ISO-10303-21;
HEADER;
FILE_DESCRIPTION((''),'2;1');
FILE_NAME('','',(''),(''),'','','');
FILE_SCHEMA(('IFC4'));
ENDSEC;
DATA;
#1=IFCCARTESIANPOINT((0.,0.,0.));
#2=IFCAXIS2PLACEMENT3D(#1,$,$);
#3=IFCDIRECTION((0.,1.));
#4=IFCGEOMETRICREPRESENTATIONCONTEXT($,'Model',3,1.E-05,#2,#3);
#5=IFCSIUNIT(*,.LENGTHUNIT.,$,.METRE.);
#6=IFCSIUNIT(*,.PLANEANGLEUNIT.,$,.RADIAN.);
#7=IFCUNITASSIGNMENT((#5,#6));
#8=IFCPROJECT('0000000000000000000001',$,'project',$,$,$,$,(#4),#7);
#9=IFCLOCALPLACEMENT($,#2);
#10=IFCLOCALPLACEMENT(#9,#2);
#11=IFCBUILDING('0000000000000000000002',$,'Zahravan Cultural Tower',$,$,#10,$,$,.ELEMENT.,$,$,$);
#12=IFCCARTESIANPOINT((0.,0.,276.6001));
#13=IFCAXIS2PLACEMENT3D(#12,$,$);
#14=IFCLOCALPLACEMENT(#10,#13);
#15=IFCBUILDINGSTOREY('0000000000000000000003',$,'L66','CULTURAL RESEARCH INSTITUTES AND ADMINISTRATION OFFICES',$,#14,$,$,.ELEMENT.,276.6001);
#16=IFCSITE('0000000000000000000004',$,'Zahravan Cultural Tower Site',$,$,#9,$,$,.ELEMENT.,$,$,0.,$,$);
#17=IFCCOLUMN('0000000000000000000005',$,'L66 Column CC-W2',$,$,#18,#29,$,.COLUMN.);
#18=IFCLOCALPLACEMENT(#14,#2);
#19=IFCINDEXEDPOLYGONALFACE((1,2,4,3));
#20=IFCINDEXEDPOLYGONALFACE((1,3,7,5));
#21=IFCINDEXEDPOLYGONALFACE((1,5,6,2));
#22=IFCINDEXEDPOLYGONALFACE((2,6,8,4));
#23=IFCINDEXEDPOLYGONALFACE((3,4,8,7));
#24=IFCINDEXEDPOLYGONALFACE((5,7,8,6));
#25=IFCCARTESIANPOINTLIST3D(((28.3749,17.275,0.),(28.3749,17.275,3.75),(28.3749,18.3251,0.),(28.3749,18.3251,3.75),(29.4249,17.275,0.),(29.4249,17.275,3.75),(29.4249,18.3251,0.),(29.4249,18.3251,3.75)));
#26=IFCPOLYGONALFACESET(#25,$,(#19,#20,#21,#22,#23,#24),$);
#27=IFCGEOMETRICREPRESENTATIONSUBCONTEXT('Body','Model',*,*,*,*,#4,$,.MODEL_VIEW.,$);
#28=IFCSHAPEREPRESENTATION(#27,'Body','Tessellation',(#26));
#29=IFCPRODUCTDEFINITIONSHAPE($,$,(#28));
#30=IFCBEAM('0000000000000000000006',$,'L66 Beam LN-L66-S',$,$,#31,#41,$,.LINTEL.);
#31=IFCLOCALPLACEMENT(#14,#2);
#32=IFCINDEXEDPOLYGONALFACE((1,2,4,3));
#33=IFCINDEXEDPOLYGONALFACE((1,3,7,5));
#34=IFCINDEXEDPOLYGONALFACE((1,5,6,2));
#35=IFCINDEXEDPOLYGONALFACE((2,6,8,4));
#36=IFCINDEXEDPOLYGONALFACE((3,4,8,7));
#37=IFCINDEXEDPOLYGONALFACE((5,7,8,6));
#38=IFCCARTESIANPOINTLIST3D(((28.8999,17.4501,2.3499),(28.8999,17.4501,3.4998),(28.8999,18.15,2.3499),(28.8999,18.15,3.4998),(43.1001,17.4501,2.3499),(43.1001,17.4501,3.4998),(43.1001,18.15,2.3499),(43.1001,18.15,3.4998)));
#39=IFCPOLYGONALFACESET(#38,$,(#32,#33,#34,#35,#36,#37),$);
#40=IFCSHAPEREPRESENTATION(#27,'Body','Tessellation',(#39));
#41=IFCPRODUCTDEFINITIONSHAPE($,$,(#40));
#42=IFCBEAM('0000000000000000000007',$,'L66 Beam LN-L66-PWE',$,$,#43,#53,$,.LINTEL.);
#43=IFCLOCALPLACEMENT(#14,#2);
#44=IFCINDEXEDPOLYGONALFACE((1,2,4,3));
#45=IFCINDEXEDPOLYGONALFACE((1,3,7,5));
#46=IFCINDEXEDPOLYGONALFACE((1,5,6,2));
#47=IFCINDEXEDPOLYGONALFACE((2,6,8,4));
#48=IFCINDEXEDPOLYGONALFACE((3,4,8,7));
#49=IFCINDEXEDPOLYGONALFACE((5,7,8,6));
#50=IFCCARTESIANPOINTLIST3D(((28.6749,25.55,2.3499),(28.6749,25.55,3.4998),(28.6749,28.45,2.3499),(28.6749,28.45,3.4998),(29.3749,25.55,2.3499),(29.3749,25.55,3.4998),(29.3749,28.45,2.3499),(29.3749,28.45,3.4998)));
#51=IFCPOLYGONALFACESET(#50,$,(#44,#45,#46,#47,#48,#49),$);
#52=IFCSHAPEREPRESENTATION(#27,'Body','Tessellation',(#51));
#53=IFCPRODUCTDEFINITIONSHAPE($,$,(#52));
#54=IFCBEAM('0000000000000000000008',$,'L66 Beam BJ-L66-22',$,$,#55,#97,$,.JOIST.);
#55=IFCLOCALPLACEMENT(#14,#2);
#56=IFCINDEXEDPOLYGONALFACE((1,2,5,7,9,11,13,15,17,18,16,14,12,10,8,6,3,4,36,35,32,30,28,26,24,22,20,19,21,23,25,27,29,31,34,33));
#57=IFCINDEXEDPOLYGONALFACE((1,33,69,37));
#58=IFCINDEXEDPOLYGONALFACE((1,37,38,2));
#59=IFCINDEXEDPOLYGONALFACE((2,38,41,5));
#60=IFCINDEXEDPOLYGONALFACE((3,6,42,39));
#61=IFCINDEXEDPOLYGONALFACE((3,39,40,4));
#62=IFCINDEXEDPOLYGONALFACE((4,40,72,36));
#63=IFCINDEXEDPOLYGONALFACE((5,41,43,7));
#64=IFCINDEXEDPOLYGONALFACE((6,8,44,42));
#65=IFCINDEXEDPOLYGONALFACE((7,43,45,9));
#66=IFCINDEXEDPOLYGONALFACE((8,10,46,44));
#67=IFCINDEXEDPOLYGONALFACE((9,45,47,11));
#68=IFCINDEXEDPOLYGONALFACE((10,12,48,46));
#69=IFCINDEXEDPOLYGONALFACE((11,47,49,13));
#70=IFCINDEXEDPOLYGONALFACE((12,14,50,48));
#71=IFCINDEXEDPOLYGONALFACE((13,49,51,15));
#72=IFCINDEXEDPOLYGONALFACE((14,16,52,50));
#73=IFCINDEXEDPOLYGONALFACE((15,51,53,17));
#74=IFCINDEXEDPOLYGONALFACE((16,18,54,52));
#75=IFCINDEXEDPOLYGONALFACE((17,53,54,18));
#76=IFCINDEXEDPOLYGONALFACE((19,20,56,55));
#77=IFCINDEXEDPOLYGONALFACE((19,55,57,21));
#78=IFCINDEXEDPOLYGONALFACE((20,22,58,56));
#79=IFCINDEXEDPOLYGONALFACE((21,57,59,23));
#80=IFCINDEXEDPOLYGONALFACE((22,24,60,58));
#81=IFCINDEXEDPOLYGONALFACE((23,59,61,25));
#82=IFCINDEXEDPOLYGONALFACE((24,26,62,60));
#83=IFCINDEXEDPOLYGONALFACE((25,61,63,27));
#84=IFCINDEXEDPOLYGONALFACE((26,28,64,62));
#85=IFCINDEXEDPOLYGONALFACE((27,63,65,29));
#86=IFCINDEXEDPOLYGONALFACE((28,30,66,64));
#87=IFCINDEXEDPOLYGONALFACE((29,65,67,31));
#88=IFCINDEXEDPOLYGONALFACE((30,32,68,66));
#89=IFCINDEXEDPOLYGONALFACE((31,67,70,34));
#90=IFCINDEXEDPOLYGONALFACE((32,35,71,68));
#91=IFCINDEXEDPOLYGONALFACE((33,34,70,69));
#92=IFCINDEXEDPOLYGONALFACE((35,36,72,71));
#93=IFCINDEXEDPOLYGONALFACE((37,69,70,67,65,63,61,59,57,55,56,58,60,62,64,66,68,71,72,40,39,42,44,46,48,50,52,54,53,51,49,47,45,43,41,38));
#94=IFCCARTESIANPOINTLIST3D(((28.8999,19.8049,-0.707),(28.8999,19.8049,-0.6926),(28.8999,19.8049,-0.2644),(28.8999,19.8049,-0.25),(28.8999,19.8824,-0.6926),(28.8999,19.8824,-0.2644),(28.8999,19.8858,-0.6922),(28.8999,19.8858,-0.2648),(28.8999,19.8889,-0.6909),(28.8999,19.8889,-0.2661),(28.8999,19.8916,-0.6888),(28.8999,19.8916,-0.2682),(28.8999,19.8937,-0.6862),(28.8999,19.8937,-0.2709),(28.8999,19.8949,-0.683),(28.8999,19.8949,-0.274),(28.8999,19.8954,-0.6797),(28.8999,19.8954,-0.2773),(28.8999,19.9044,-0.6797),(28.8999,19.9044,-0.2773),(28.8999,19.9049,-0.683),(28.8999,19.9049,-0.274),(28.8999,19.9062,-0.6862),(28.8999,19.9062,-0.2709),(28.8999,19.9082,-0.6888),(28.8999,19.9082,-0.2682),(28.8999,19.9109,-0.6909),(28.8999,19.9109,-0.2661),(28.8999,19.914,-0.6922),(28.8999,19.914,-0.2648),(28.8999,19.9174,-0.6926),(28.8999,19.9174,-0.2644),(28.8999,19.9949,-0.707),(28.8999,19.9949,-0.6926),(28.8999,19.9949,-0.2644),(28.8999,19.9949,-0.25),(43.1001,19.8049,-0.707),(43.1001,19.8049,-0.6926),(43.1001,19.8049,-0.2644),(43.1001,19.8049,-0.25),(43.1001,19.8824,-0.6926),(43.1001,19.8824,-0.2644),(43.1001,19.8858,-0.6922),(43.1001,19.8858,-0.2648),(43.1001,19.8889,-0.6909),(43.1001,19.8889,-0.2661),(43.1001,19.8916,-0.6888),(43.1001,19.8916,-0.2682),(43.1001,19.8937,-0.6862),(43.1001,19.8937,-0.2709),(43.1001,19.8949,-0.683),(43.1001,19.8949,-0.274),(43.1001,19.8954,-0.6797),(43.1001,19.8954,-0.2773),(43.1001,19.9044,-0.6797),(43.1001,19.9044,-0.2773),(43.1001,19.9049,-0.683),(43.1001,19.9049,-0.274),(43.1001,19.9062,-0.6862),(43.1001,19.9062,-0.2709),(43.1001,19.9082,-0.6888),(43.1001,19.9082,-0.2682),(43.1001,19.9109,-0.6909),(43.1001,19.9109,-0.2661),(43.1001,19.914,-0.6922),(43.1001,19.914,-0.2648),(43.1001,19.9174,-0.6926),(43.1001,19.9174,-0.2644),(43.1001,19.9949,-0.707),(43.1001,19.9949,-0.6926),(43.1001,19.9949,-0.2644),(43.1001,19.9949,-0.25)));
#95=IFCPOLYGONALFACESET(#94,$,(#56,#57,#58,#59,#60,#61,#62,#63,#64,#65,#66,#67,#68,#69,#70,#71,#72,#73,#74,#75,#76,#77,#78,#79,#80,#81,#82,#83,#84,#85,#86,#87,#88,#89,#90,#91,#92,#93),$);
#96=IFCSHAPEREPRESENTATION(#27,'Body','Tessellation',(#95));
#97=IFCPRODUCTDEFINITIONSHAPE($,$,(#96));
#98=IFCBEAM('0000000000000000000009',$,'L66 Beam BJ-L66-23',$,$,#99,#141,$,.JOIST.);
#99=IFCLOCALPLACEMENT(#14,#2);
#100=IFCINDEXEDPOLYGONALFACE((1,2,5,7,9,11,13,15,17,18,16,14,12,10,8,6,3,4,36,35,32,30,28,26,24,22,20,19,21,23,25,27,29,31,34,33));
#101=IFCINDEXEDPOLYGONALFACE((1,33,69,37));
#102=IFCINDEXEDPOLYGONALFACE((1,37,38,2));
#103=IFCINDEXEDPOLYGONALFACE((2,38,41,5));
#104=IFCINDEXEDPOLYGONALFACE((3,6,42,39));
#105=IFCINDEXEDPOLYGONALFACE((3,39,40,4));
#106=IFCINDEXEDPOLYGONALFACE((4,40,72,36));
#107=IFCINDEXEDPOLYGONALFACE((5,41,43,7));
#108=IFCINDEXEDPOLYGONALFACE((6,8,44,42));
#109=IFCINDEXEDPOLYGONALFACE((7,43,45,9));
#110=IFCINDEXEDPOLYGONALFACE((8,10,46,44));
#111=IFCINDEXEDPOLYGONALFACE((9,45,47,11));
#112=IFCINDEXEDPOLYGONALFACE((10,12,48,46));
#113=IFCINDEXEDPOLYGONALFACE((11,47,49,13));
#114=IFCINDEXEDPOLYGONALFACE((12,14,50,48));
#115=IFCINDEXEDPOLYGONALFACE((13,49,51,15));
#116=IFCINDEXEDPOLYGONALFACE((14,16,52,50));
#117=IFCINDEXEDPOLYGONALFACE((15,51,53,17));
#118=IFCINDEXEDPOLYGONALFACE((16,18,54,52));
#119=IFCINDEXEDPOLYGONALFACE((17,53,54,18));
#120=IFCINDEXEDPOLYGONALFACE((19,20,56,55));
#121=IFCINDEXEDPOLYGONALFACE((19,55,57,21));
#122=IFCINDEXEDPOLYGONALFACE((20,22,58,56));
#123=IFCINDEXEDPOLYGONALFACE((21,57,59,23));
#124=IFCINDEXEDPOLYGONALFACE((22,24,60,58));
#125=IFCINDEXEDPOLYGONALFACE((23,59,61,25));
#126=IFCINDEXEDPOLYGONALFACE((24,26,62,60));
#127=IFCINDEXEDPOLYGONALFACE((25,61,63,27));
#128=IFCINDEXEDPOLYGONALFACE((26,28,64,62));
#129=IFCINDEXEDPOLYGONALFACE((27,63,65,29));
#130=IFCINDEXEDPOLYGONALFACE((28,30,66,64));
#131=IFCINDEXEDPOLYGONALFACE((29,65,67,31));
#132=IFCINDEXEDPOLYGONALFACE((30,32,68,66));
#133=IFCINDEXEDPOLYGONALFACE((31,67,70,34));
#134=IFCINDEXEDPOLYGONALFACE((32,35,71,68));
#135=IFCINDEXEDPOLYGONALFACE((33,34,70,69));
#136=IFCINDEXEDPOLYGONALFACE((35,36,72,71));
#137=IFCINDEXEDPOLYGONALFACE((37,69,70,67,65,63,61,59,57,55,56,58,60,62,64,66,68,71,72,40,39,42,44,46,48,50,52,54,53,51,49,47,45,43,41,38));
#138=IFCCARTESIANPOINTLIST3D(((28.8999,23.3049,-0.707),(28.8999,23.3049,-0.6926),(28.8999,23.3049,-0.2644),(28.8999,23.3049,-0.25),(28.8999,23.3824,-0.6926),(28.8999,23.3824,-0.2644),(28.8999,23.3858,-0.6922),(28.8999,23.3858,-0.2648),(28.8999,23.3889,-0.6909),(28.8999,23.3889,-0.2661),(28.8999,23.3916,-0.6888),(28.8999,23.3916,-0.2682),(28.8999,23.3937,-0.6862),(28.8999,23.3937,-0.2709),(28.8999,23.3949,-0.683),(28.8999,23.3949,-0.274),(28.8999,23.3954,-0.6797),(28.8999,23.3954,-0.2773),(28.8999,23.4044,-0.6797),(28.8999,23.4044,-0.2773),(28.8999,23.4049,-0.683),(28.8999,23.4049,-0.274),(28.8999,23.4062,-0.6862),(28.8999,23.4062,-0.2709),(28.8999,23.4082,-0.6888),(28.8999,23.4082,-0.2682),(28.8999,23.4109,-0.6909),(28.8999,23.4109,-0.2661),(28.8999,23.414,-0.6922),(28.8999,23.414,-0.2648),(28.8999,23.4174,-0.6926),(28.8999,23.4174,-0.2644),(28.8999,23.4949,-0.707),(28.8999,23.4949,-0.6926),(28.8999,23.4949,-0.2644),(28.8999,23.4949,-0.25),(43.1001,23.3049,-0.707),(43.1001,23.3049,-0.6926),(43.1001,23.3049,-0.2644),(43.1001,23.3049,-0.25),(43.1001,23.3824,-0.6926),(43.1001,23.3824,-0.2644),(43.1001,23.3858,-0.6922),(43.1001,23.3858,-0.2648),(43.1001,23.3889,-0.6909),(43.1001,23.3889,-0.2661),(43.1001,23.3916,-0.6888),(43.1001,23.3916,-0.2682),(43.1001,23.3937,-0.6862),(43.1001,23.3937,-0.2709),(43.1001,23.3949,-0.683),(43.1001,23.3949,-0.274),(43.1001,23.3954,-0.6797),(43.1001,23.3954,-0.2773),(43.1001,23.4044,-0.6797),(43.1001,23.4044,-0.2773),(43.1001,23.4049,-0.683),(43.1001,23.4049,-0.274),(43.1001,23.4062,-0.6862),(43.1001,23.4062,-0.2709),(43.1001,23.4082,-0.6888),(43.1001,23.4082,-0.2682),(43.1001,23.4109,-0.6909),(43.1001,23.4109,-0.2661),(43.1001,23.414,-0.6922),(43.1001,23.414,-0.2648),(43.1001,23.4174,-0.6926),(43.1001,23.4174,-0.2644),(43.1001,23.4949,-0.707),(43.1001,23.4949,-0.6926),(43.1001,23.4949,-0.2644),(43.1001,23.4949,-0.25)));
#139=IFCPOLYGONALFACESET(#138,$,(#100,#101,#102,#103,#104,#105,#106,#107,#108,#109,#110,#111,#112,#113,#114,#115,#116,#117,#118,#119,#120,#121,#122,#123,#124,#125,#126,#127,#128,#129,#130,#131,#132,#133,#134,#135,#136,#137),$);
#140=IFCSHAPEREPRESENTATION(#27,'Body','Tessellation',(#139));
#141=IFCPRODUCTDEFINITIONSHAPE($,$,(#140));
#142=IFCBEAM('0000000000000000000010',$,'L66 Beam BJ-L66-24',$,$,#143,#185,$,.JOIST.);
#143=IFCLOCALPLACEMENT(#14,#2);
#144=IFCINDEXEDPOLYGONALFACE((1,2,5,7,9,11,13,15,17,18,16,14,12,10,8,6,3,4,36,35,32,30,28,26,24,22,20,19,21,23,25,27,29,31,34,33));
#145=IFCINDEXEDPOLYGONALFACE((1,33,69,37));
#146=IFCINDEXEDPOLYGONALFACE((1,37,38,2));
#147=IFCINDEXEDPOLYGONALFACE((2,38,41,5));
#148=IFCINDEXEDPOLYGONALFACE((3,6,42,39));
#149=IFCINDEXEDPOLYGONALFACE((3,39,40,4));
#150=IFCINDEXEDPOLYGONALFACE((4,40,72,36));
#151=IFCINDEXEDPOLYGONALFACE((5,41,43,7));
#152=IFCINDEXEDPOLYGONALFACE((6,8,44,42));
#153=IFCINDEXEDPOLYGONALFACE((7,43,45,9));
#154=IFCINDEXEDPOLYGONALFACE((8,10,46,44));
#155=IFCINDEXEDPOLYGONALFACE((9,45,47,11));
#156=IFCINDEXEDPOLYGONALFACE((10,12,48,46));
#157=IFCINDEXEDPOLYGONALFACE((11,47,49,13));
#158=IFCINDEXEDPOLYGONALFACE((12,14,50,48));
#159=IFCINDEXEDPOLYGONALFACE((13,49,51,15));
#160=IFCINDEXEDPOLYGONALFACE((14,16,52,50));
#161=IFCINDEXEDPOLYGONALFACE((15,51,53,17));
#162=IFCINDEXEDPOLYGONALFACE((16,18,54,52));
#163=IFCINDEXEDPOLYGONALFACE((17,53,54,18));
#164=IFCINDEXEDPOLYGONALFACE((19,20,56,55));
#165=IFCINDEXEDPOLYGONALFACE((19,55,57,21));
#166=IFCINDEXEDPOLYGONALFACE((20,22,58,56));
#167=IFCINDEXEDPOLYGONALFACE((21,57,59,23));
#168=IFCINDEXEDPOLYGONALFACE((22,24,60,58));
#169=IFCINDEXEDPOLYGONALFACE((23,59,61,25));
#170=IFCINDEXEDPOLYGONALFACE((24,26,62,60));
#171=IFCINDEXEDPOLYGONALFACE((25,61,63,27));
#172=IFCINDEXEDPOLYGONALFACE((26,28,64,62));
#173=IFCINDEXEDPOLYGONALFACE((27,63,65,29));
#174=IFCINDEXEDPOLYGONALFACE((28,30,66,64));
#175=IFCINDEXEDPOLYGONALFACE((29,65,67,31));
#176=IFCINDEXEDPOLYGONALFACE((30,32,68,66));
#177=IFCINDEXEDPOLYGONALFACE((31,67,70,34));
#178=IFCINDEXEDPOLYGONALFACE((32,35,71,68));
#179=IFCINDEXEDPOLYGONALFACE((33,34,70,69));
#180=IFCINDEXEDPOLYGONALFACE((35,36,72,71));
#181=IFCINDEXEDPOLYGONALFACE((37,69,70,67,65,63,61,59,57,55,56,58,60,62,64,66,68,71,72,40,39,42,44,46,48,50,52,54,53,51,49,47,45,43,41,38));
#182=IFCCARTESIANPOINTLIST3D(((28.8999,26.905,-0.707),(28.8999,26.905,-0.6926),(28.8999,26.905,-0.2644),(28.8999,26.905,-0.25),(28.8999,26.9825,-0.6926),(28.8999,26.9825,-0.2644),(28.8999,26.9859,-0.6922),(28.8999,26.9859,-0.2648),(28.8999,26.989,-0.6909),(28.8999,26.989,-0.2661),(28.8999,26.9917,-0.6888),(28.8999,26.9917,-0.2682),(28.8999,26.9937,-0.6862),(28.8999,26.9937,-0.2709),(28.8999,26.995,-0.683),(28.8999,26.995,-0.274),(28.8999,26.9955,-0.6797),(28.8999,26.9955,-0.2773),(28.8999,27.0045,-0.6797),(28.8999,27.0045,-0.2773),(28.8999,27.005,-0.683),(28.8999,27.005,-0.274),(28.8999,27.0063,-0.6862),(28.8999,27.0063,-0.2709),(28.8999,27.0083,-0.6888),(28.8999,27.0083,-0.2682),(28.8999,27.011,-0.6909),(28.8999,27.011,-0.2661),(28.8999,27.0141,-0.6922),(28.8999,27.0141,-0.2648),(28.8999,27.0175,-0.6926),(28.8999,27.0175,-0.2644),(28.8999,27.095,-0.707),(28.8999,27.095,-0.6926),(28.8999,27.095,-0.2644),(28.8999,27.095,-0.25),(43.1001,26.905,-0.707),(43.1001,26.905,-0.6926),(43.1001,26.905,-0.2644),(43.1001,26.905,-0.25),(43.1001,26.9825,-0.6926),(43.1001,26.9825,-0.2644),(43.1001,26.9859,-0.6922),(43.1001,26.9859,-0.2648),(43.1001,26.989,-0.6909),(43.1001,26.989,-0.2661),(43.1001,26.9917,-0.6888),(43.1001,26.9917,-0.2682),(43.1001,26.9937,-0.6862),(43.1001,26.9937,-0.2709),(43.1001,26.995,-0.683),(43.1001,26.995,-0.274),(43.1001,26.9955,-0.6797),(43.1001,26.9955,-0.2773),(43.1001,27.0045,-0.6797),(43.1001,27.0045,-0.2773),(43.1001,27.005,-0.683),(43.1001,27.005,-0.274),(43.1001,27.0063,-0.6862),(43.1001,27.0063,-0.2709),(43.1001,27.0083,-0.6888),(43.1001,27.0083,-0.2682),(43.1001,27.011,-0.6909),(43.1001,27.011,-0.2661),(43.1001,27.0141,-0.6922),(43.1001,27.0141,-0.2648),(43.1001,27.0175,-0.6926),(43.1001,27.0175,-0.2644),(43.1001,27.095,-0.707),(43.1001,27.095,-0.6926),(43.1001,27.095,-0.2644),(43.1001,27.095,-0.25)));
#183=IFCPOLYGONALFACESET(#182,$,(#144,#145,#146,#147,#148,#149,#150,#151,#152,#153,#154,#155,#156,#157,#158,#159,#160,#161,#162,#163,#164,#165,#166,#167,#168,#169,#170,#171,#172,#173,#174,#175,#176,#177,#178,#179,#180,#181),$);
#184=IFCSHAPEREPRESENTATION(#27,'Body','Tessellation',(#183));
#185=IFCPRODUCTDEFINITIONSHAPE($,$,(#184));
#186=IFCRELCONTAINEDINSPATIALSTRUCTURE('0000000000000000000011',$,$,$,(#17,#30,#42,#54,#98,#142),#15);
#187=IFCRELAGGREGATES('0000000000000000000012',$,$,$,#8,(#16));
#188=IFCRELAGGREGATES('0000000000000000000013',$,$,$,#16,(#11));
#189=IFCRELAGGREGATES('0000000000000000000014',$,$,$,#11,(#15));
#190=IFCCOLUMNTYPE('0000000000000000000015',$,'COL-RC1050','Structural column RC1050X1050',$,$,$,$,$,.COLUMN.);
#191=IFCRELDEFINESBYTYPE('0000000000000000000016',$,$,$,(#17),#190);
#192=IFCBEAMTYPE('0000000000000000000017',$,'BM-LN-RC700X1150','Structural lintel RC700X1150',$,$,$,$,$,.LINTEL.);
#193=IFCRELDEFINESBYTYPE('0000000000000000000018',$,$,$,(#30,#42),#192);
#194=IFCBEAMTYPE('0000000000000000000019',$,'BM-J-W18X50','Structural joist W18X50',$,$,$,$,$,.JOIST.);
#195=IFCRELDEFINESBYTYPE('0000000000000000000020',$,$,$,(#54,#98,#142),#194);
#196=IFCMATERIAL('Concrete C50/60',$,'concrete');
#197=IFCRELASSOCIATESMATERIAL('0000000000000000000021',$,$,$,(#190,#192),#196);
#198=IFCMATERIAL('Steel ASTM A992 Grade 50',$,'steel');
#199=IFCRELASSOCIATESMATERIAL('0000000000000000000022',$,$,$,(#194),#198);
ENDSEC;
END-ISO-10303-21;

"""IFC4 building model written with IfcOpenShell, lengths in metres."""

from ifc_helpers import new_model, si_unit, direction, frame, origin, origin_2d, place, context, subcontext, project, spatial, rectangle, i_section, extrude, source, transform, mapped, material, material_profile, profile_set, type_object, element, save


model = new_model("IFC4")

# Units and contexts
model_context = context("Model", 3, precision=1e-05, world=origin(), true_north=direction((0.0, 1.0)))
body_context = subcontext(model_context, "Body", "Model", "MODEL_VIEW")
ifc_project = project(units=[si_unit("LENGTHUNIT", "METRE"), si_unit("PLANEANGLEUNIT", "RADIAN")], contexts=[model_context])

# Site, building, storey
site_placement = place(None, origin())
site = spatial("IfcSite", under=ifc_project, at=site_placement, Name="Zahravan Cultural Tower Site", CompositionType="ELEMENT", RefElevation=0.0)
building_placement = place(site_placement, origin())
building = spatial("IfcBuilding", under=site, at=building_placement, Name="Zahravan Cultural Tower", CompositionType="ELEMENT")
storey_placement = place(building_placement, frame((0.0, 0.0, 276.6001)))
storey = spatial("IfcBuildingStorey", under=building, at=storey_placement, Name="L66", Description="CULTURAL RESEARCH INSTITUTES AND ADMINISTRATION OFFICES", CompositionType="ELEMENT", Elevation=276.6001)

# Column
ifc_material_1 = material(Name="Concrete C50/60", Category="concrete")
ifc_material_profile_1 = material_profile(ifc_material_1, rectangle(XDim=1.05, YDim=1.05, at=origin_2d()), Name="RC1050X1050")
ifc_profile_set_1 = profile_set([ifc_material_profile_1], Name="Concrete C50/60")
column_type = type_object("IfcColumnType", Name="COL-RC1050", Description="Structural column RC1050X1050", PredefinedType="COLUMN", material=ifc_profile_set_1)
shared_shape_1 = source(origin(), body_context, "Body", "SweptSolid", [
    extrude(rectangle(XDim=1.05, YDim=1.05, at=origin_2d()), origin(), (0.0, 0.0, 1.0), 3.75),
])
column_placement = place(storey_placement, frame((28.8999, 17.8, 0.0), z_axis=(0.0, 0.0, 1.0), x_axis=(1.0, 0.0, 0.0)))
element("IfcColumn", 1, at=column_placement, inside=storey, type_object=column_type, Name="L66 Column CC-W2", PredefinedType="COLUMN", context=body_context, shape_type="MappedRepresentation", body=[
    mapped(shared_shape_1, transform((0.0, 0.0, 0.0), x_axis=(1.0, 0.0, 0.0), y_axis=(0.0, 1.0, 0.0), z_axis=(0.0, 0.0, 1.0), scale=1.0)),
])

# Beams
ifc_material_profile_2 = material_profile(ifc_material_1, rectangle(XDim=0.7, YDim=1.1499, at=origin_2d()), Name="RC700X1150")
ifc_profile_set_2 = profile_set([ifc_material_profile_2], Name="Concrete C50/60")
beam_type_1 = type_object("IfcBeamType", Name="BM-LN-RC700X1150", Description="Structural lintel RC700X1150", PredefinedType="LINTEL", material=ifc_profile_set_2)
shared_shape_2 = source(origin(), body_context, "Body", "SweptSolid", [
    extrude(rectangle(XDim=0.7, YDim=1.1499, at=origin_2d()), origin(), (0.0, 0.0, 1.0), 14.2002),
])
beam_1_placement = place(storey_placement, frame((28.8999, 17.8, 2.9248), z_axis=(1.0, 0.0, 0.0), x_axis=(0.0, 1.0, 0.0)))
element("IfcBeam", 2, at=beam_1_placement, inside=storey, type_object=beam_type_1, Name="L66 Beam LN-L66-S", PredefinedType="LINTEL", context=body_context, shape_type="MappedRepresentation", body=[
    mapped(shared_shape_2, transform((0.0, 0.0, 0.0), x_axis=(1.0, 0.0, 0.0), y_axis=(0.0, 1.0, 0.0), z_axis=(0.0, 0.0, 1.0), scale=1.0)),
])
shared_shape_3 = source(origin(), body_context, "Body", "SweptSolid", [
    extrude(rectangle(XDim=0.7, YDim=1.1499, at=origin_2d()), origin(), (0.0, 0.0, 1.0), 2.8999),
])
beam_2_placement = place(storey_placement, frame((29.0249, 25.55, 2.9248), z_axis=(0.0, 1.0, 0.0), x_axis=(-1.0, 0.0, 0.0)))
element("IfcBeam", 3, at=beam_2_placement, inside=storey, type_object=beam_type_1, Name="L66 Beam LN-L66-PWE", PredefinedType="LINTEL", context=body_context, shape_type="MappedRepresentation", body=[
    mapped(shared_shape_3, transform((0.0, 0.0, 0.0), x_axis=(1.0, 0.0, 0.0), y_axis=(0.0, 1.0, 0.0), z_axis=(0.0, 0.0, 1.0), scale=1.0)),
])
ifc_material_2 = material(Name="Steel ASTM A992 Grade 50", Category="steel")
ifc_material_profile_3 = material_profile(ifc_material_2, i_section(OverallWidth=0.1899, OverallDepth=0.457, WebThickness=0.009, FlangeThickness=0.0144, FilletRadius=0.0129, at=origin_2d()), Name="W18X50")
ifc_profile_set_3 = profile_set([ifc_material_profile_3], Name="Steel ASTM A992 Grade 50")
beam_type_2 = type_object("IfcBeamType", Name="BM-J-W18X50", Description="Structural joist W18X50", PredefinedType="JOIST", material=ifc_profile_set_3)
shared_shape_4 = source(origin(), body_context, "Body", "SweptSolid", [
    extrude(i_section(OverallWidth=0.1899, OverallDepth=0.457, WebThickness=0.009, FlangeThickness=0.0144, FilletRadius=0.0129, at=origin_2d()), origin(), (0.0, 0.0, 1.0), 14.2002),
])
for number, where, z_axis, x_axis, name in (
    (4, (28.8999, 19.8999, -0.4785), (1.0, 0.0, 0.0), (0.0, 1.0, 0.0), "L66 Beam BJ-L66-22"),
    (5, (28.8999, 23.3999, -0.4785), (1.0, 0.0, 0.0), (0.0, 1.0, 0.0), "L66 Beam BJ-L66-23"),
    (6, (28.8999, 27.0, -0.4785), (1.0, 0.0, 0.0), (0.0, 1.0, 0.0), "L66 Beam BJ-L66-24"),
):
    element("IfcBeam", number, at=place(storey_placement, frame(where, z_axis=z_axis, x_axis=x_axis)), inside=storey, type_object=beam_type_2, Name=name, PredefinedType="JOIST", context=body_context, shape_type="MappedRepresentation", body=[
        mapped(shared_shape_4, transform((0.0, 0.0, 0.0), x_axis=(1.0, 0.0, 0.0), y_axis=(0.0, 1.0, 0.0), z_axis=(0.0, 0.0, 1.0), scale=1.0)),
    ])

save(model, "model.ifc")
